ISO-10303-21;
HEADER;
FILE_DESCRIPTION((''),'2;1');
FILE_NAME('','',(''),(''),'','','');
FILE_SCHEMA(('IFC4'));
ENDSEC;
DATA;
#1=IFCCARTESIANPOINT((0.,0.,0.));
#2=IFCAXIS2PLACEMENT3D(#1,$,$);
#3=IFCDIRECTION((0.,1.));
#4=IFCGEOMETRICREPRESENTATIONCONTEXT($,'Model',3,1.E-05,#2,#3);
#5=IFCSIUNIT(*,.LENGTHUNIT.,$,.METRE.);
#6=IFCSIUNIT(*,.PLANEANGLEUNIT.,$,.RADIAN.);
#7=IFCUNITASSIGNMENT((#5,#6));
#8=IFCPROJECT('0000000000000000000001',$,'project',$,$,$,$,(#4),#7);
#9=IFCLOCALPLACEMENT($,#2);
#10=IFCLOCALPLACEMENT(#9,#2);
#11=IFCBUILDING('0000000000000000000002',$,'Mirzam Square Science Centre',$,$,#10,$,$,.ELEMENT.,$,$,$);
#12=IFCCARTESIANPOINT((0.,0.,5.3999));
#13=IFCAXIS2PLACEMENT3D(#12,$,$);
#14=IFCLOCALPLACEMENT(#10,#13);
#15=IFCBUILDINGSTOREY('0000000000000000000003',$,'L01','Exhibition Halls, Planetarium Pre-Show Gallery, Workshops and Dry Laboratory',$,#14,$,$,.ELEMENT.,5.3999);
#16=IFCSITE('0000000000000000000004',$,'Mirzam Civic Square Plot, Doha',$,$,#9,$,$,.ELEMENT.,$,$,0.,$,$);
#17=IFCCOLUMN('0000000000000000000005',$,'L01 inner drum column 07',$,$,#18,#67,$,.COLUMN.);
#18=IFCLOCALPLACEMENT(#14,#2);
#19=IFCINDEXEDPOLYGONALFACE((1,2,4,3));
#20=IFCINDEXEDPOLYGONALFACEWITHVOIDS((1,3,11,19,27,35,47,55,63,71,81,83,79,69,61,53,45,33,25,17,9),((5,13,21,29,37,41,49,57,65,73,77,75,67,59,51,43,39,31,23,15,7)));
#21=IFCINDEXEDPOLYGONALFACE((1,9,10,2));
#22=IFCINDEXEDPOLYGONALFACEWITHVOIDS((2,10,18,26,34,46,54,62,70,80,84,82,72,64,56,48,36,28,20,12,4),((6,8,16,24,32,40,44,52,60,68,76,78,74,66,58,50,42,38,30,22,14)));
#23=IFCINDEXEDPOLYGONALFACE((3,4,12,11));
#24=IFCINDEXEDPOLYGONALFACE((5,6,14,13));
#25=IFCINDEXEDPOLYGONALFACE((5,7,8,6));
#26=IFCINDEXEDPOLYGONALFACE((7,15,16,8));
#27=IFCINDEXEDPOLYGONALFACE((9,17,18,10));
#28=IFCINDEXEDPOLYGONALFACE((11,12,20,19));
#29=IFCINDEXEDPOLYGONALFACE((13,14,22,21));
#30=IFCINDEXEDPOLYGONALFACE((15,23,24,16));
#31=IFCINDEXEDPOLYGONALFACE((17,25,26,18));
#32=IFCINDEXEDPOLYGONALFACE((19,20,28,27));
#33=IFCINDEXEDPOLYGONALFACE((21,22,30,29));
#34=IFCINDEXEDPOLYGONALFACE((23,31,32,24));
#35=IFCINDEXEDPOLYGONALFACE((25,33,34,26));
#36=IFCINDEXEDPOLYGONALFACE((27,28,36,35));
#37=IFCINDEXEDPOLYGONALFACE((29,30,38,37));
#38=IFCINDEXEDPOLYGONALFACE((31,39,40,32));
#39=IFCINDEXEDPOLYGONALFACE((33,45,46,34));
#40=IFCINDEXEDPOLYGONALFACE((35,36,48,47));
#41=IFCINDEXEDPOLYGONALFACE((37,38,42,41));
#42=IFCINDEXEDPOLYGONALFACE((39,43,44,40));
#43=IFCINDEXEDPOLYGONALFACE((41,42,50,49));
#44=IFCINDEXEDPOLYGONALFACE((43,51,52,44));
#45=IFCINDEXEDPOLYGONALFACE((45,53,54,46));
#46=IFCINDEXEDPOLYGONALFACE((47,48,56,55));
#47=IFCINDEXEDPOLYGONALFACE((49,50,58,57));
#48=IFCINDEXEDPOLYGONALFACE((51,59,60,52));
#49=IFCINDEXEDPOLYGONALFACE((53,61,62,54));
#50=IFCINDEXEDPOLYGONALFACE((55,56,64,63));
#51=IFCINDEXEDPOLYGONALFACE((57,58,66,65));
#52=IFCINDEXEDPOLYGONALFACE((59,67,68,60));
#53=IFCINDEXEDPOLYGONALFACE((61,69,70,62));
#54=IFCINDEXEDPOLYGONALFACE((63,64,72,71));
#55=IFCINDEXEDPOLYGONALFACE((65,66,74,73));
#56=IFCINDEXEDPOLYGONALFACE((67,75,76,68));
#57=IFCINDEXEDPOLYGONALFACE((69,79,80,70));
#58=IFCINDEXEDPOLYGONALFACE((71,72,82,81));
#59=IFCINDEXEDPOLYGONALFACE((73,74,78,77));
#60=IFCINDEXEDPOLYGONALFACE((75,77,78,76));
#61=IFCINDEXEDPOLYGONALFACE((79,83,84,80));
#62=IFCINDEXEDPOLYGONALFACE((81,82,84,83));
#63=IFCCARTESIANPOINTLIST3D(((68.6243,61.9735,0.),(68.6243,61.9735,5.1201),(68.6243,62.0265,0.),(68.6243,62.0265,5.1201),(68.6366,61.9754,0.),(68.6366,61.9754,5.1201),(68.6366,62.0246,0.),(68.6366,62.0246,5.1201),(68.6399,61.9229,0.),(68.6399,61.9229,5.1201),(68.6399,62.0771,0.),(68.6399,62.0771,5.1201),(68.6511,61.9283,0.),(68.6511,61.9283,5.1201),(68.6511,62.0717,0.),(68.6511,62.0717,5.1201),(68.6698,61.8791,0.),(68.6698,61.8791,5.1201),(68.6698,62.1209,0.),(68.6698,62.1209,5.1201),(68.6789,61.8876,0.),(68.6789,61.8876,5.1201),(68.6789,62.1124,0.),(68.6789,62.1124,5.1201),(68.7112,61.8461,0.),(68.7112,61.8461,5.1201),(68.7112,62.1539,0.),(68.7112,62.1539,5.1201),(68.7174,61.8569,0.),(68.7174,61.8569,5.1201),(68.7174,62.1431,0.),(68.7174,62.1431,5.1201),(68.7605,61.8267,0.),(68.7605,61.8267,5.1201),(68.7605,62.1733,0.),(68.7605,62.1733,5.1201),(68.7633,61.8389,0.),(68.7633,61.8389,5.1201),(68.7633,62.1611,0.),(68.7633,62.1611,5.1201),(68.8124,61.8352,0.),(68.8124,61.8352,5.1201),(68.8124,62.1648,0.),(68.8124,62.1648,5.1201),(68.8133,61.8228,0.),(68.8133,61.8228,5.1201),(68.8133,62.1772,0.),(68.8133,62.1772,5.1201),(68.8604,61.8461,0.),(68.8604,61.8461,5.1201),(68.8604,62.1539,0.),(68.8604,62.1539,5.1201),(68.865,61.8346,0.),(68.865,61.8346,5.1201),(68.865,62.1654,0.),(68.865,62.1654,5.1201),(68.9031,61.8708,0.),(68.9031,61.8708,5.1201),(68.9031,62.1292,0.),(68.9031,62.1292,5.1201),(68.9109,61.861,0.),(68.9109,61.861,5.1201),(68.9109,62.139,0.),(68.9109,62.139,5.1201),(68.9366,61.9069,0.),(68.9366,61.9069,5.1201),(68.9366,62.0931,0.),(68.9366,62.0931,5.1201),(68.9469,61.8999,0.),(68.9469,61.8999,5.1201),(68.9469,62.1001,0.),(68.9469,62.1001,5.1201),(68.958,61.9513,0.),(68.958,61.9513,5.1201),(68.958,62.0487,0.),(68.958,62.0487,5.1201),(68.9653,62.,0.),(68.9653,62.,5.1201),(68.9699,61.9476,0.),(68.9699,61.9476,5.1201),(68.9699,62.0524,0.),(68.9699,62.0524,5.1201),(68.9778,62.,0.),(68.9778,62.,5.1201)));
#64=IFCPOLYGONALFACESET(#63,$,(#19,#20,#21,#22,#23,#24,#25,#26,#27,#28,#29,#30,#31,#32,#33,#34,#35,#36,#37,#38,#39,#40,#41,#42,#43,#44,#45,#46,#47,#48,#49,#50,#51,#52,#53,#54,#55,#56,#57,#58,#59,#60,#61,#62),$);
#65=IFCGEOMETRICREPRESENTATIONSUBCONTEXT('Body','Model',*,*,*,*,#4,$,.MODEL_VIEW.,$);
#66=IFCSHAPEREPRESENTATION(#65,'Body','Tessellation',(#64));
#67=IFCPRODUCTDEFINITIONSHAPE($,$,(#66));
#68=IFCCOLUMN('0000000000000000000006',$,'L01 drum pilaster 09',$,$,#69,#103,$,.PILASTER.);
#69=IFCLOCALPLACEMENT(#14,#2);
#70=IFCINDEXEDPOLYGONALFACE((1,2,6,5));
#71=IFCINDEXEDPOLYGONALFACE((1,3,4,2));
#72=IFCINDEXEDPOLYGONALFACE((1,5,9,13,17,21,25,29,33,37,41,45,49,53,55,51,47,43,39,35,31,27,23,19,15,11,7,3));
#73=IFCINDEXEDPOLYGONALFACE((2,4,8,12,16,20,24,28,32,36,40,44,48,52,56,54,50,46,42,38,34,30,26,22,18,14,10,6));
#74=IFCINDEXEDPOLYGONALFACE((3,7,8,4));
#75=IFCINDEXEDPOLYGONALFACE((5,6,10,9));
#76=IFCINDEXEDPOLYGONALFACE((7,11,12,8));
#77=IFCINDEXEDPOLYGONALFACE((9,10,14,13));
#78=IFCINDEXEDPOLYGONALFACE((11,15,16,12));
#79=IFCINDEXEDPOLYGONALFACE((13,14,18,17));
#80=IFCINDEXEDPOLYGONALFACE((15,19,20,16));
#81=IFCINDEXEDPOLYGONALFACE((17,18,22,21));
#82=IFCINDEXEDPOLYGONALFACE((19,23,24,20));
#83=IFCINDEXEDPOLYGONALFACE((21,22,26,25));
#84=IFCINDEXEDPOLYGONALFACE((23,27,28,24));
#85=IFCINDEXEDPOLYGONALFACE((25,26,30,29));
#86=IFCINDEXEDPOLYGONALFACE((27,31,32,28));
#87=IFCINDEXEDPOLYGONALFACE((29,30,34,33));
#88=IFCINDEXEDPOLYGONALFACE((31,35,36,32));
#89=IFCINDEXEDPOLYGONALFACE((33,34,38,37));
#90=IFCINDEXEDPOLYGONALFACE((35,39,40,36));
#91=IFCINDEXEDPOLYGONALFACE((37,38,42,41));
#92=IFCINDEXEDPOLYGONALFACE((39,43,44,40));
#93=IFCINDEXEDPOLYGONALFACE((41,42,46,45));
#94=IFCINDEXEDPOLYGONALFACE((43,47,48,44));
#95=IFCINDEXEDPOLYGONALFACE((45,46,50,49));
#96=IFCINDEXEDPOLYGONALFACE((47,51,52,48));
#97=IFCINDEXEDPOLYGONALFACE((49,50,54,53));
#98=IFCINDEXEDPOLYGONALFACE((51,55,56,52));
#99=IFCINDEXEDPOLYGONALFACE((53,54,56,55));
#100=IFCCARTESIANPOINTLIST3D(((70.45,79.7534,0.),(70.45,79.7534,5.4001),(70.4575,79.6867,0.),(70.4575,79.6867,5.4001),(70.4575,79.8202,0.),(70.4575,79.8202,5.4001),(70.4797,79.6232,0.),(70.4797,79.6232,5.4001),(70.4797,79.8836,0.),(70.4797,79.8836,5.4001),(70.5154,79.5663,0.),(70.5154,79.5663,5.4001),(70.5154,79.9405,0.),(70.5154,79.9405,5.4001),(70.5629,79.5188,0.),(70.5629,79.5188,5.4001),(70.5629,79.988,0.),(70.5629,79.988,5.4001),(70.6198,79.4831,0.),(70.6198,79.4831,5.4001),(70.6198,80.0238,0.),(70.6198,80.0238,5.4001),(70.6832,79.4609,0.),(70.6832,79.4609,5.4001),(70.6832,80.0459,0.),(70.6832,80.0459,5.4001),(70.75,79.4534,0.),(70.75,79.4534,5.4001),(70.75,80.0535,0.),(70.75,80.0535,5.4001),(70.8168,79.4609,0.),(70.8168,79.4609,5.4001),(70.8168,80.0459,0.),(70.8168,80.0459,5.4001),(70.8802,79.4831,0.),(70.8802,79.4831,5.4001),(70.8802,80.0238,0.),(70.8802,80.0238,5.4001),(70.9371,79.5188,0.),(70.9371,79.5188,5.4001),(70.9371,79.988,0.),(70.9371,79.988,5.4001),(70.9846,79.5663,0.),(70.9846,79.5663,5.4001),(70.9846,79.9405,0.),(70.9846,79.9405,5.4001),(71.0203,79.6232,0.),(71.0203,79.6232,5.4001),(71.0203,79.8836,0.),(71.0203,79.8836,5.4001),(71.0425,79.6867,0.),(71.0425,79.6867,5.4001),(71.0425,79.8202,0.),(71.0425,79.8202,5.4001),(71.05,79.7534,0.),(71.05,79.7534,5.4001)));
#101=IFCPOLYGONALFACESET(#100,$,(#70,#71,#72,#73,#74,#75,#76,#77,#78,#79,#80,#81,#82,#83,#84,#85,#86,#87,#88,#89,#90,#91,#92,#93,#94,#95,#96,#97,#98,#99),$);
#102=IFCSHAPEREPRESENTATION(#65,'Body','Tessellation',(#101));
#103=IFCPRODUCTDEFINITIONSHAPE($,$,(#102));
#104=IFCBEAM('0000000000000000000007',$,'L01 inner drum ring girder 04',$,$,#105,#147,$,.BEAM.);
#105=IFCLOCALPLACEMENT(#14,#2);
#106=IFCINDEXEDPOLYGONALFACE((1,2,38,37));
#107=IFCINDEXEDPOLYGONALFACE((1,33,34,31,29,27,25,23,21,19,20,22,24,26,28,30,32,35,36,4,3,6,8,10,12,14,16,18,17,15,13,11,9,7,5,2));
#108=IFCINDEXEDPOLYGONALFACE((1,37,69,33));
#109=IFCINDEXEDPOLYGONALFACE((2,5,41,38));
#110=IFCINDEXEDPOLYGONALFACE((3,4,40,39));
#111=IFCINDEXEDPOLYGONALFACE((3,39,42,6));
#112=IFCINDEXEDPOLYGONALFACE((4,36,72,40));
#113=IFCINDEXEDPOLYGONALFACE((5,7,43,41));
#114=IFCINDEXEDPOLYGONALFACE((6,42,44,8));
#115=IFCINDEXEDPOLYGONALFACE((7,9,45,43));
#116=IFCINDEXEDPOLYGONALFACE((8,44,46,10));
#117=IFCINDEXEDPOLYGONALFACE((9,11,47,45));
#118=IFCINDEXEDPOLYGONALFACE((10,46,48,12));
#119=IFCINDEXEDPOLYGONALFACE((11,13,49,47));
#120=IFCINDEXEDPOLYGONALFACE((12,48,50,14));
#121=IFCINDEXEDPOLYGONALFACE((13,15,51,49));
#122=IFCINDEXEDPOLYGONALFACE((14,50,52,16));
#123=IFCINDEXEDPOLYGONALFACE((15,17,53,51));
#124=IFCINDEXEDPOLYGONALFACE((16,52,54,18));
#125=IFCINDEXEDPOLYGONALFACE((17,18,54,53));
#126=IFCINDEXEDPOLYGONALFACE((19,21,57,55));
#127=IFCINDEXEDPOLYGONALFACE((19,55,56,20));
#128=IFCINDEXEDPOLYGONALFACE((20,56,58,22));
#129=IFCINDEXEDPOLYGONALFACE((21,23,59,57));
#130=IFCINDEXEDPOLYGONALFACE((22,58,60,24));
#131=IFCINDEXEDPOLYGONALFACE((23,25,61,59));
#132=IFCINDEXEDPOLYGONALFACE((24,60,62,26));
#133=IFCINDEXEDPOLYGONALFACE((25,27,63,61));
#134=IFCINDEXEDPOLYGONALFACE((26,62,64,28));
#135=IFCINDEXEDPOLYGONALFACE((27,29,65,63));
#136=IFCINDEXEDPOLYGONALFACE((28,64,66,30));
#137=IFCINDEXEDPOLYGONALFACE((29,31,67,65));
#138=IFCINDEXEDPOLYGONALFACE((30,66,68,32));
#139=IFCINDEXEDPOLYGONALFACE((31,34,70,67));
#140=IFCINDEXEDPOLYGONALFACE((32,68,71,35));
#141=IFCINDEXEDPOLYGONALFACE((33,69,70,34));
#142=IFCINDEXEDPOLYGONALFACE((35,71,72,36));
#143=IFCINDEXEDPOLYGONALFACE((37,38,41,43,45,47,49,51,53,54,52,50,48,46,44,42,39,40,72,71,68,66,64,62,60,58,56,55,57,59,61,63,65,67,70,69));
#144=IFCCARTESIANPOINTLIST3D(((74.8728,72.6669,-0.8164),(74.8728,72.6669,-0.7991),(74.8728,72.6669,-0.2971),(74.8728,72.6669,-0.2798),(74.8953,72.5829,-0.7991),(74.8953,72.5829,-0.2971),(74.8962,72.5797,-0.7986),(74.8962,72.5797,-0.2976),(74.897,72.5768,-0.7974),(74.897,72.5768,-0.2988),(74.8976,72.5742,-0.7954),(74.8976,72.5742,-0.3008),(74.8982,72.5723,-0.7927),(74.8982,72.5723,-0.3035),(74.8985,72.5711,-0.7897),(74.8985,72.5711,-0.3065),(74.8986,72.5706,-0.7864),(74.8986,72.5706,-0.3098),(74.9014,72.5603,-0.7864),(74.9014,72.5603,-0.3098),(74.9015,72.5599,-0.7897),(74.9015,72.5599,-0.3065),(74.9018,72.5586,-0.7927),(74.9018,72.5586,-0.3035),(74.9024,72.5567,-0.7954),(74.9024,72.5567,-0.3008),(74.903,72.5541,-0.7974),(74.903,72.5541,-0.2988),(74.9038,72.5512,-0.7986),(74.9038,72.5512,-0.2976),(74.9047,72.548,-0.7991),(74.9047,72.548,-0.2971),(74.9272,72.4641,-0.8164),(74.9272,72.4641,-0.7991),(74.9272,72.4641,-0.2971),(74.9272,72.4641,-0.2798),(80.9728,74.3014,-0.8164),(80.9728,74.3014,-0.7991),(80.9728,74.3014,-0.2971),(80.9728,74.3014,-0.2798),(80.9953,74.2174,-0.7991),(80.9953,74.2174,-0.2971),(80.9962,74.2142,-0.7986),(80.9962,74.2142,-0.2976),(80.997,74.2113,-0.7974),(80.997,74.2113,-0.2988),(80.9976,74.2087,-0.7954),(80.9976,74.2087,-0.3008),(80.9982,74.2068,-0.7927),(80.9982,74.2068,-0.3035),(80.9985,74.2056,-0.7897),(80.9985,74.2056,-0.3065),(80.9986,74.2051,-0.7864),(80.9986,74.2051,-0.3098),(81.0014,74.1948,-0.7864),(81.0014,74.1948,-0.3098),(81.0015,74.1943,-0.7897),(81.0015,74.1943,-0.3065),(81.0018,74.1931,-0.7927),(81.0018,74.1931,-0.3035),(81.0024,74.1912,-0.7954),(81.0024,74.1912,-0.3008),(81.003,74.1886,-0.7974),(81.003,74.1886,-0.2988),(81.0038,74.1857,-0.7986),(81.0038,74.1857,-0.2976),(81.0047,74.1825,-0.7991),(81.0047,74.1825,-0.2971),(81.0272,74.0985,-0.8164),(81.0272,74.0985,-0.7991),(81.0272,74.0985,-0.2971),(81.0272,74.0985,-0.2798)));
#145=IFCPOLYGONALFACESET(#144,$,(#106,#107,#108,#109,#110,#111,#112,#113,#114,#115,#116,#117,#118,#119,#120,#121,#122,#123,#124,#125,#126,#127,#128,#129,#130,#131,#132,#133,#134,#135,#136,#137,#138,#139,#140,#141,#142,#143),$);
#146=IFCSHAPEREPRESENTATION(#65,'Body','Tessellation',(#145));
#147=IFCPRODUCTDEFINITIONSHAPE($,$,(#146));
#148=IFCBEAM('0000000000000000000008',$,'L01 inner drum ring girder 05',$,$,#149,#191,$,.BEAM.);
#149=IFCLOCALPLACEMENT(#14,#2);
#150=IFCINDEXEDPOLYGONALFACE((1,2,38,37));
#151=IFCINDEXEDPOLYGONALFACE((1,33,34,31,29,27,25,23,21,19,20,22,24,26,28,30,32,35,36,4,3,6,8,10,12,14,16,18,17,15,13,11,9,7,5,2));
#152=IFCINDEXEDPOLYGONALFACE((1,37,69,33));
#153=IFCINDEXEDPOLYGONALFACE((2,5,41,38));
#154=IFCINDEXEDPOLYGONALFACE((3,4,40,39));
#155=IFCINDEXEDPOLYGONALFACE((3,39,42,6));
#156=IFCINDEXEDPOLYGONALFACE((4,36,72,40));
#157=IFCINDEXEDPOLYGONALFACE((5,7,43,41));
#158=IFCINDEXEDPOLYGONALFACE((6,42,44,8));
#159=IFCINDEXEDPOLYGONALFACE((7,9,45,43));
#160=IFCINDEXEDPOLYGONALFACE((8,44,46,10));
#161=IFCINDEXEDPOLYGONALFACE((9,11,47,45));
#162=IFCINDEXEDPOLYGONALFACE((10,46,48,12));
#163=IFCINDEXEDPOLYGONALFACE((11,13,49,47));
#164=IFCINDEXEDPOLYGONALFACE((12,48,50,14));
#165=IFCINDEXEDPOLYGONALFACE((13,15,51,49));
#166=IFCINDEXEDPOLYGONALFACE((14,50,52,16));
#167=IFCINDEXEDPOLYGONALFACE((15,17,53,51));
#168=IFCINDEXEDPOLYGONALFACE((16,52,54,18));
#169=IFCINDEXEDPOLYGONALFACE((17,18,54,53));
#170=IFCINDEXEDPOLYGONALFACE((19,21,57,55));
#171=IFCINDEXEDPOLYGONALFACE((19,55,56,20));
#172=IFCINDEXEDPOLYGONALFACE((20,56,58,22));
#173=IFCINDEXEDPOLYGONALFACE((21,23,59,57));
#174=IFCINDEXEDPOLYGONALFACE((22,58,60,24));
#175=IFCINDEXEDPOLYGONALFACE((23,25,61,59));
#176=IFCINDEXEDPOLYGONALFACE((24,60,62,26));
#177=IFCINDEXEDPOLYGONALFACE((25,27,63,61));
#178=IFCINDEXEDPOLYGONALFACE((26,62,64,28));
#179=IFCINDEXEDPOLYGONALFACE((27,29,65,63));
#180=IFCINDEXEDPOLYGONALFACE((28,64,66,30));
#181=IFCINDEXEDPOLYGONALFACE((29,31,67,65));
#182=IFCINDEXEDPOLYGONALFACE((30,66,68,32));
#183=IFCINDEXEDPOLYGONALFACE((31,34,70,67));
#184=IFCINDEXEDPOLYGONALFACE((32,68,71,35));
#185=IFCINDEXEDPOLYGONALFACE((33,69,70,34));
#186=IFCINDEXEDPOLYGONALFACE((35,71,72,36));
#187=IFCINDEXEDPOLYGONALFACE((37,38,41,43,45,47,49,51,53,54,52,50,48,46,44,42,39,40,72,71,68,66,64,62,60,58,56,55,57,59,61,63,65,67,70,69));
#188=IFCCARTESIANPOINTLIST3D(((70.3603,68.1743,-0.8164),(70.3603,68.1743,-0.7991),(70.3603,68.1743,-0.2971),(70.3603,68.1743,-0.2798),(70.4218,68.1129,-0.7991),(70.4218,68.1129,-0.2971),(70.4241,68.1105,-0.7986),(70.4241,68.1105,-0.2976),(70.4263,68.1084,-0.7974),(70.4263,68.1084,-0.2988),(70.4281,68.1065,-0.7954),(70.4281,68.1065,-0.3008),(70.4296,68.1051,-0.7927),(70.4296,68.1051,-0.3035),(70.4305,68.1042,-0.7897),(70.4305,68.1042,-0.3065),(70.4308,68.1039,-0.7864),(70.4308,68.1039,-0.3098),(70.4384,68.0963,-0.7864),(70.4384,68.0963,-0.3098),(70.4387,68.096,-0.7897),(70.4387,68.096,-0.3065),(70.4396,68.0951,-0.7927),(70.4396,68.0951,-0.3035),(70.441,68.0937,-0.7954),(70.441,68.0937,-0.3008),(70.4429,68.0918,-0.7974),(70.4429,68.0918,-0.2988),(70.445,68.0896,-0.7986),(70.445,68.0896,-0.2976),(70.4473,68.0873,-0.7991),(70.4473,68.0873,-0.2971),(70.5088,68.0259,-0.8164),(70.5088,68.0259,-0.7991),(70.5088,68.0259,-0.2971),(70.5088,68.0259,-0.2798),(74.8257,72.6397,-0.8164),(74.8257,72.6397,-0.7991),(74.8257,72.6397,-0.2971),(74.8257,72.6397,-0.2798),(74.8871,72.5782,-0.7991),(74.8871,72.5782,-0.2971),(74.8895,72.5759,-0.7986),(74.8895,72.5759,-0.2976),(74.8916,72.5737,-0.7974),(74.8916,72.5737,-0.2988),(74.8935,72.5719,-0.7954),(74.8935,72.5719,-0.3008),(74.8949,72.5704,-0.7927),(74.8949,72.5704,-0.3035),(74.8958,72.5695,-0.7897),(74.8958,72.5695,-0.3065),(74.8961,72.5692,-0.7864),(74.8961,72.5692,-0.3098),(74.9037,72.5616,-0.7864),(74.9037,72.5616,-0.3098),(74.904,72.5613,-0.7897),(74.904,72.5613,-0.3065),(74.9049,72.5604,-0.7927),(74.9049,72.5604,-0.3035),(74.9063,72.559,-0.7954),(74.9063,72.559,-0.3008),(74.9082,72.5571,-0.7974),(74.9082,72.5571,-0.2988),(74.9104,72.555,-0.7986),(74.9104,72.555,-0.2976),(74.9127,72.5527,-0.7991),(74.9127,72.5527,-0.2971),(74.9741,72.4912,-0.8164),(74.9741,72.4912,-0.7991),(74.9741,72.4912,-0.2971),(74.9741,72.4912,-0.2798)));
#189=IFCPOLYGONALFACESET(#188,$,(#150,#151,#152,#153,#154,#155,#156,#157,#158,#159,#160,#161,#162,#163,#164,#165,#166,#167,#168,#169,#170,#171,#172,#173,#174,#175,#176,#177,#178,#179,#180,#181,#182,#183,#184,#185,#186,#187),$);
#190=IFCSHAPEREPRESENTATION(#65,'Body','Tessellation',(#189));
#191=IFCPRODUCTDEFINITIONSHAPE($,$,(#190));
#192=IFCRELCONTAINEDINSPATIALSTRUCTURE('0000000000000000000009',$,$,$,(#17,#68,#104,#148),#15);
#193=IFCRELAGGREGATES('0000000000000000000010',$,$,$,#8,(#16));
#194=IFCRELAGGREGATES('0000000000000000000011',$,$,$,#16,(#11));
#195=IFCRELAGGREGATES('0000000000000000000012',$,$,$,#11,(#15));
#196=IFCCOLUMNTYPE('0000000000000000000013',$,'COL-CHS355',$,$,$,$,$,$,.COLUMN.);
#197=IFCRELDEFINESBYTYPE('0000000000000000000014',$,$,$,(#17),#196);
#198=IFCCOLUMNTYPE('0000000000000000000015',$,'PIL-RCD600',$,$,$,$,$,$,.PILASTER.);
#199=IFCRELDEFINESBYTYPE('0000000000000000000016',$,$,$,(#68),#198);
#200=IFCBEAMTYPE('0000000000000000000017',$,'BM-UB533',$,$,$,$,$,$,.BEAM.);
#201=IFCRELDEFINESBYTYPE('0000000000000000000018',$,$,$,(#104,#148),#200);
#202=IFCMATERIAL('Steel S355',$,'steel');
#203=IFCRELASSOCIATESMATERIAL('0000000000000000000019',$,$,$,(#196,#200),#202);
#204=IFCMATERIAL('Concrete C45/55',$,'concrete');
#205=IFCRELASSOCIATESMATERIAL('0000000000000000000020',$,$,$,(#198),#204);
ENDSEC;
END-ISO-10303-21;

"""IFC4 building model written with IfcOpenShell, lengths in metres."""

from ifc_helpers import new_model, si_unit, direction, frame, origin, origin_2d, place, context, subcontext, project, spatial, circle, hollow_circle, i_section, extrude, material, material_profile, profile_set, type_object, element, save


model = new_model("IFC4")

# Units and contexts
model_context = context("Model", 3, precision=1e-05, world=origin(), true_north=direction((0.0, 1.0)))
body_context = subcontext(model_context, "Body", "Model", "MODEL_VIEW")
ifc_project = project(units=[si_unit("LENGTHUNIT", "METRE"), si_unit("PLANEANGLEUNIT", "RADIAN")], contexts=[model_context])

# Site, building, storey
site_placement = place(None, origin())
site = spatial("IfcSite", under=ifc_project, at=site_placement, Name="Mirzam Civic Square Plot, Doha", CompositionType="ELEMENT", RefElevation=0.0)
building_placement = place(site_placement, origin())
building = spatial("IfcBuilding", under=site, at=building_placement, Name="Mirzam Square Science Centre", CompositionType="ELEMENT")
storey_placement = place(building_placement, frame((0.0, 0.0, 5.3999)))
storey = spatial("IfcBuildingStorey", under=building, at=storey_placement, Name="L01", Description="Exhibition Halls, Planetarium Pre-Show Gallery, Workshops and Dry Laboratory", CompositionType="ELEMENT", Elevation=5.3999)

# Columns
ifc_material_1 = material(Name="Steel S355", Category="steel")
ifc_material_profile_1 = material_profile(ifc_material_1, hollow_circle(Radius=0.1777, WallThickness=0.0125, at=origin_2d()), Name="355.6x12.5CHS")
ifc_profile_set_1 = profile_set([ifc_material_profile_1], Name="Steel S355")
column_type_1 = type_object("IfcColumnType", Name="COL-CHS355", PredefinedType="COLUMN", material=ifc_profile_set_1)
for number, where, z_axis, x_axis, name in (
    (1, (68.8, 62.0, 0.0), (0.0, 0.0, 1.0), (1.0, 0.0, 0.0), "L01 inner drum column 07"),
):
    element("IfcColumn", number, at=place(storey_placement, frame(where, z_axis=z_axis, x_axis=x_axis)), inside=storey, type_object=column_type_1, Name=name, PredefinedType="COLUMN", context=body_context, shape_type="SweptSolid", body=[
        extrude(hollow_circle(Radius=0.1777, WallThickness=0.0125, at=origin_2d()), origin(), (0.0, 0.0, 1.0), 5.1201),
    ])
ifc_material_2 = material(Name="Concrete C45/55", Category="concrete")
ifc_material_profile_2 = material_profile(ifc_material_2, circle(Radius=0.3, at=origin_2d()), Name="RCD600")
ifc_profile_set_2 = profile_set([ifc_material_profile_2], Name="Concrete C45/55")
column_type_2 = type_object("IfcColumnType", Name="PIL-RCD600", PredefinedType="PILASTER", material=ifc_profile_set_2)
column_placement = place(storey_placement, frame((70.75, 79.7534, 0.0), z_axis=(0.0, 0.0, 1.0), x_axis=(1.0, 0.0, 0.0)))
element("IfcColumn", 2, at=column_placement, inside=storey, type_object=column_type_2, Name="L01 drum pilaster 09", PredefinedType="PILASTER", context=body_context, shape_type="SweptSolid", body=[
    extrude(circle(Radius=0.3, at=origin_2d()), origin(), (0.0, 0.0, 1.0), 5.4001),
])

# Beams
ifc_material_profile_3 = material_profile(ifc_material_1, i_section(OverallWidth=0.21, OverallDepth=0.5366, WebThickness=0.0107, FlangeThickness=0.0173, FilletRadius=0.0127, at=origin_2d()), Name="533x210x101UB")
ifc_profile_set_3 = profile_set([ifc_material_profile_3], Name="Steel S355")
beam_type_1 = type_object("IfcBeamType", Name="BM-UB533", PredefinedType="BEAM", material=ifc_profile_set_3)
beam_1_placement = place(storey_placement, frame((81.0, 74.2, -0.5481), z_axis=(-0.965926, -0.25882, 0.0), x_axis=(0.25882, -0.965926, 0.0)))
element("IfcBeam", 3, at=beam_1_placement, inside=storey, type_object=beam_type_1, Name="L01 inner drum ring girder 04", PredefinedType="BEAM", context=body_context, shape_type="SweptSolid", body=[
    extrude(i_section(OverallWidth=0.21, OverallDepth=0.5366, WebThickness=0.0107, FlangeThickness=0.0173, FilletRadius=0.0127, at=origin_2d()), origin(), (0.0, 0.0, 1.0), 6.3152),
])
beam_2_placement = place(storey_placement, frame((74.8999, 72.5654, -0.5481), z_axis=(-0.707107, -0.707107, 0.0), x_axis=(0.707107, -0.707107, 0.0)))
element("IfcBeam", 4, at=beam_2_placement, inside=storey, type_object=beam_type_1, Name="L01 inner drum ring girder 05", PredefinedType="BEAM", context=body_context, shape_type="SweptSolid", body=[
    extrude(i_section(OverallWidth=0.21, OverallDepth=0.5366, WebThickness=0.0107, FlangeThickness=0.0173, FilletRadius=0.0127, at=origin_2d()), origin(), (0.0, 0.0, 1.0), 6.3149),
])

save(model, "model.ifc")
